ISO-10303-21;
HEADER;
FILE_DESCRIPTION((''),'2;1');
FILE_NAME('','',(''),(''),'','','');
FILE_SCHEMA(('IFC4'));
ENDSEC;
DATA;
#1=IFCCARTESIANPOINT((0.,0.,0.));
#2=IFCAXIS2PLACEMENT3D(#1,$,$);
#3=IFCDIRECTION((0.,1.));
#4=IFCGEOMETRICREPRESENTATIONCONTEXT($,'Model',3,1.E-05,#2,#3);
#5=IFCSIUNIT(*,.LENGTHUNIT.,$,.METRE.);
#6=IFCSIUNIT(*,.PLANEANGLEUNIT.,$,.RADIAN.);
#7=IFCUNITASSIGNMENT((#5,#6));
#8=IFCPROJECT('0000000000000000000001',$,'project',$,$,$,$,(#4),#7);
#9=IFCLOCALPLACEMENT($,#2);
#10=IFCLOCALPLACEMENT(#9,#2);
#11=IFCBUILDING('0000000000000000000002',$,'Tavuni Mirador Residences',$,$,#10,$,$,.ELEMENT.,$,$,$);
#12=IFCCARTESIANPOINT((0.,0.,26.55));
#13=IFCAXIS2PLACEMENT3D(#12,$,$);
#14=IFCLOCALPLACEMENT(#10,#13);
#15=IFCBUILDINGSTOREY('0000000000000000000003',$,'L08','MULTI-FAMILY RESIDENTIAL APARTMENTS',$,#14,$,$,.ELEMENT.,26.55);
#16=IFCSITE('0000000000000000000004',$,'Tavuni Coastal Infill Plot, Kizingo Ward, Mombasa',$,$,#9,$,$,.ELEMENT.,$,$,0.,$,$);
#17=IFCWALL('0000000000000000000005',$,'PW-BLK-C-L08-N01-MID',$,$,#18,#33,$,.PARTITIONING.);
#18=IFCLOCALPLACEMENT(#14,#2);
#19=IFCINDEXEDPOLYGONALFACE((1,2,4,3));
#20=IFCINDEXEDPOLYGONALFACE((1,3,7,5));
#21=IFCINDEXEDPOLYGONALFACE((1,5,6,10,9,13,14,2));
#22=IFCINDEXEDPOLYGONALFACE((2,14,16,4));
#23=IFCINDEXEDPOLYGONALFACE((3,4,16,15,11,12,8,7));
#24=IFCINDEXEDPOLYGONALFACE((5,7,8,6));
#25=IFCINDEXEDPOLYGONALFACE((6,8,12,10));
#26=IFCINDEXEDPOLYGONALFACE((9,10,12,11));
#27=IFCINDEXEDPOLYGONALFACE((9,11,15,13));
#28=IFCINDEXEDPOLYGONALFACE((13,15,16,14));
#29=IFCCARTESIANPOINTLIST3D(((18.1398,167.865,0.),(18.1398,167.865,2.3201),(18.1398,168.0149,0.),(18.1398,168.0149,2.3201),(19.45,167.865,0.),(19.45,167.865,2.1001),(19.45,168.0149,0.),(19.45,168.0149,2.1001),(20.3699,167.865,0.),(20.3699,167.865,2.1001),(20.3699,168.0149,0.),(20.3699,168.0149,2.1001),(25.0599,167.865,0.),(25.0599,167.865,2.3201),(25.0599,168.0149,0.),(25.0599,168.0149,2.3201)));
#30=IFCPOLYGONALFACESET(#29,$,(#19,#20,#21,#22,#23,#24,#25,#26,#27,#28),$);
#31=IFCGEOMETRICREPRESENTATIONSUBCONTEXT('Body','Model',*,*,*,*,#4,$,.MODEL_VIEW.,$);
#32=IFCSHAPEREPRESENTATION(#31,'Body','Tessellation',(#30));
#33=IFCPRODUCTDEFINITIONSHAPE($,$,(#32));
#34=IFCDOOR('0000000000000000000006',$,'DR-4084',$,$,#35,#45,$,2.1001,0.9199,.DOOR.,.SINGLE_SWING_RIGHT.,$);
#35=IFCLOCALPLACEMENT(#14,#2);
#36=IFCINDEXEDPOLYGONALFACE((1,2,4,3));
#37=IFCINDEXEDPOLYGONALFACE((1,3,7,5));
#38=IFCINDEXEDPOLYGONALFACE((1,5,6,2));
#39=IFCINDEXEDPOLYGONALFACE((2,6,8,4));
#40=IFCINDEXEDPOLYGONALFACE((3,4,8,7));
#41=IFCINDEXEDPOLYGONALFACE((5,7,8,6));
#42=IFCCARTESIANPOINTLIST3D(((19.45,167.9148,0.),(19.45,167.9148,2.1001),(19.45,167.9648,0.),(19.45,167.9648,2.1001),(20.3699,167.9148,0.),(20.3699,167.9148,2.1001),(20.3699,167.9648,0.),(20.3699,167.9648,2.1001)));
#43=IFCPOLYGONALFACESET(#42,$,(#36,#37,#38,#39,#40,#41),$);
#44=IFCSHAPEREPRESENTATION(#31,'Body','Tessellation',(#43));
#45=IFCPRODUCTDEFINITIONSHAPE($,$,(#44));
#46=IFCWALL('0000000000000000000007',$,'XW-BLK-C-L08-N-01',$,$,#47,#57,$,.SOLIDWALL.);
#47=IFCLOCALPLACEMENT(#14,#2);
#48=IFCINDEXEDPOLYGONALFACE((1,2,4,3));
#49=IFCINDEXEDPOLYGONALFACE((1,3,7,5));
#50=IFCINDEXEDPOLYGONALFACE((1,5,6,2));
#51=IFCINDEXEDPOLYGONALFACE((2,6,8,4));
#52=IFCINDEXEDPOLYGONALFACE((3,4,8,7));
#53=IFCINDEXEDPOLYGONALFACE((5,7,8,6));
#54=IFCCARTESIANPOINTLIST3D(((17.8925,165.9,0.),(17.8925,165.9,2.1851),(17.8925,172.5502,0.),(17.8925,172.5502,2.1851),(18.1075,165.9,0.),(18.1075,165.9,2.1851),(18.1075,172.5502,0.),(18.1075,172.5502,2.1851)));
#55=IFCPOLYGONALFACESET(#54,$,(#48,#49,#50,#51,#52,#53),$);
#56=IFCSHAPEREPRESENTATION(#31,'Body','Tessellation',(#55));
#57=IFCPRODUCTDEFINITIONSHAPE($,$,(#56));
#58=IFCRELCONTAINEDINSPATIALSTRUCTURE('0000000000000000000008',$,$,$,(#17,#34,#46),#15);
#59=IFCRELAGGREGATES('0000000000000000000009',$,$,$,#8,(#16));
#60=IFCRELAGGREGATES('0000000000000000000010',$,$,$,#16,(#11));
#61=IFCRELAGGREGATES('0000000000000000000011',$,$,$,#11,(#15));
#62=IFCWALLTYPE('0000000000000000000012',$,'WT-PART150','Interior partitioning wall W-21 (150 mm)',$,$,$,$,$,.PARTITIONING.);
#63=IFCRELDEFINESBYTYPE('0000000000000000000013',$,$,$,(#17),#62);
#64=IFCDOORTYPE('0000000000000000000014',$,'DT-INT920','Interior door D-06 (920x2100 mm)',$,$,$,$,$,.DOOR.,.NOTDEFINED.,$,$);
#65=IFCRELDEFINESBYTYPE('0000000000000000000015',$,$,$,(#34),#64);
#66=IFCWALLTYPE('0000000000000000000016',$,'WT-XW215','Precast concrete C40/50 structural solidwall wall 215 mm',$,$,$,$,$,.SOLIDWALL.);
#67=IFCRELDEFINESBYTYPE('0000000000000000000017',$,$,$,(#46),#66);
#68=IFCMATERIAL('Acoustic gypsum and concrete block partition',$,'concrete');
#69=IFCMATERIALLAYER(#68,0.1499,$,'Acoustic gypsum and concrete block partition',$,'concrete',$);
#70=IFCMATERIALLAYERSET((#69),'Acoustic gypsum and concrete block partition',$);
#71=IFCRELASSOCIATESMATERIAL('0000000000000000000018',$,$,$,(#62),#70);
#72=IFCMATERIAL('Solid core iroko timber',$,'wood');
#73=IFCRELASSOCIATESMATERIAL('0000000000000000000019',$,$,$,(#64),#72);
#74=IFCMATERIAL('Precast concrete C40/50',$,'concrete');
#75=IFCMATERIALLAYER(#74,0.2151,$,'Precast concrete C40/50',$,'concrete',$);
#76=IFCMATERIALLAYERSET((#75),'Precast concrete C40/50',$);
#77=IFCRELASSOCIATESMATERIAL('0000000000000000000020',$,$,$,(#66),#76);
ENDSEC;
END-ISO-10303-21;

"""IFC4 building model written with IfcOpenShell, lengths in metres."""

from ifc_helpers import new_model, si_unit, direction, frame, frame_2d, origin, place, context, subcontext, project, spatial, rectangle, extrude, material, layer, layer_set, type_object, element, fill, save


model = new_model("IFC4")

# Units and contexts
model_context = context("Model", 3, precision=1e-05, world=origin(), true_north=direction((0.0, 1.0)))
body_context = subcontext(model_context, "Body", "Model", "MODEL_VIEW")
ifc_project = project(units=[si_unit("LENGTHUNIT", "METRE"), si_unit("PLANEANGLEUNIT", "RADIAN")], contexts=[model_context])

# Site, building, storey
site_placement = place(None, origin())
site = spatial("IfcSite", under=ifc_project, at=site_placement, Name="Tavuni Coastal Infill Plot, Kizingo Ward, Mombasa", CompositionType="ELEMENT", RefElevation=0.0)
building_placement = place(site_placement, origin())
building = spatial("IfcBuilding", under=site, at=building_placement, Name="Tavuni Mirador Residences", CompositionType="ELEMENT")
storey_placement = place(building_placement, frame((0.0, 0.0, 26.55)))
storey = spatial("IfcBuildingStorey", under=building, at=storey_placement, Name="L08", Description="MULTI-FAMILY RESIDENTIAL APARTMENTS", CompositionType="ELEMENT", Elevation=26.55)

# Shared definitions
ifc_material_1 = material(Name="Precast concrete C40/50", Category="concrete")

# Shared definitions
ifc_material_2 = material(Name="Solid core iroko timber", Category="wood")
ifc_material_3 = material(Name="Acoustic gypsum and concrete block partition", Category="concrete")

# Wall, opening, door
ifc_layer_1 = layer(ifc_material_3, 0.1499, Name="Acoustic gypsum and concrete block partition", Category="concrete")
ifc_layer_set_1 = layer_set([ifc_layer_1], Name="Acoustic gypsum and concrete block partition")
wall_type_1 = type_object("IfcWallType", Name="WT-PART150", Description="Interior partitioning wall W-21 (150 mm)", PredefinedType="PARTITIONING", material=ifc_layer_set_1)
wall_1_placement = place(storey_placement, frame((18.1399, 167.9399, 0.0), z_axis=(0.0, 0.0, 1.0), x_axis=(1.0, 0.0, 0.0)))
wall_1 = element("IfcWall", 1, at=wall_1_placement, inside=storey, type_object=wall_type_1, Name="PW-BLK-C-L08-N01-MID", PredefinedType="PARTITIONING", context=body_context, shape_type="SweptSolid", body=[
    extrude(rectangle(XDim=6.9202, YDim=0.1499, at=frame_2d((3.46, 0.0))), origin(), (0.0, 0.0, 1.0), 2.3201),
])
opening_1_placement = place(wall_1_placement, frame((1.3101, 0.0, 0.0)))
opening_1 = element("IfcOpeningElement", 2, at=opening_1_placement, cuts=wall_1, PredefinedType="OPENING", context=body_context, shape_type="SweptSolid", body=[
    extrude(rectangle(XDim=0.9199, YDim=2.1001, at=frame_2d((0.46, 1.05))), frame((0.0, 0.085, 0.0), z_axis=(0.0, -1.0, 0.0), x_axis=(1.0, 0.0, 0.0)), (0.0, 0.0, 1.0), 0.1699),
])
door_type_1 = type_object("IfcDoorType", Name="DT-INT920", Description="Interior door D-06 (920x2100 mm)", OperationType="NOTDEFINED", PredefinedType="DOOR", material=ifc_material_2)
door_1_placement = place(opening_1_placement, origin())
door_1 = element("IfcDoor", 3, at=door_1_placement, inside=storey, type_object=door_type_1, Name="DR-4084", OperationType="SINGLE_SWING_RIGHT", OverallHeight=2.1001, OverallWidth=0.9199, PredefinedType="DOOR", context=body_context, shape_type="SweptSolid", body=[
    extrude(rectangle(XDim=0.9199, YDim=2.1001, at=frame_2d((0.46, 1.05))), frame((0.0, 0.0249, 0.0), z_axis=(0.0, -1.0, 0.0), x_axis=(1.0, 0.0, 0.0)), (0.0, 0.0, 1.0), 0.05),
])
fill(opening_1, door_1)

# Wall
ifc_layer_2 = layer(ifc_material_1, 0.2151, Name="Precast concrete C40/50", Category="concrete")
ifc_layer_set_2 = layer_set([ifc_layer_2], Name="Precast concrete C40/50")
wall_type_2 = type_object("IfcWallType", Name="WT-XW215", Description="Precast concrete C40/50 structural solidwall wall 215 mm", PredefinedType="SOLIDWALL", material=ifc_layer_set_2)
wall_2_placement = place(storey_placement, frame((18.0, 165.8999, 0.0), z_axis=(0.0, 0.0, 1.0), x_axis=(0.0, 1.0, 0.0)))
element("IfcWall", 4, at=wall_2_placement, inside=storey, type_object=wall_type_2, Name="XW-BLK-C-L08-N-01", PredefinedType="SOLIDWALL", context=body_context, shape_type="SweptSolid", body=[
    extrude(rectangle(XDim=6.6501, YDim=0.2151, at=frame_2d((3.3252, 0.0))), origin(), (0.0, 0.0, 1.0), 2.1851),
])

save(model, "model.ifc")
